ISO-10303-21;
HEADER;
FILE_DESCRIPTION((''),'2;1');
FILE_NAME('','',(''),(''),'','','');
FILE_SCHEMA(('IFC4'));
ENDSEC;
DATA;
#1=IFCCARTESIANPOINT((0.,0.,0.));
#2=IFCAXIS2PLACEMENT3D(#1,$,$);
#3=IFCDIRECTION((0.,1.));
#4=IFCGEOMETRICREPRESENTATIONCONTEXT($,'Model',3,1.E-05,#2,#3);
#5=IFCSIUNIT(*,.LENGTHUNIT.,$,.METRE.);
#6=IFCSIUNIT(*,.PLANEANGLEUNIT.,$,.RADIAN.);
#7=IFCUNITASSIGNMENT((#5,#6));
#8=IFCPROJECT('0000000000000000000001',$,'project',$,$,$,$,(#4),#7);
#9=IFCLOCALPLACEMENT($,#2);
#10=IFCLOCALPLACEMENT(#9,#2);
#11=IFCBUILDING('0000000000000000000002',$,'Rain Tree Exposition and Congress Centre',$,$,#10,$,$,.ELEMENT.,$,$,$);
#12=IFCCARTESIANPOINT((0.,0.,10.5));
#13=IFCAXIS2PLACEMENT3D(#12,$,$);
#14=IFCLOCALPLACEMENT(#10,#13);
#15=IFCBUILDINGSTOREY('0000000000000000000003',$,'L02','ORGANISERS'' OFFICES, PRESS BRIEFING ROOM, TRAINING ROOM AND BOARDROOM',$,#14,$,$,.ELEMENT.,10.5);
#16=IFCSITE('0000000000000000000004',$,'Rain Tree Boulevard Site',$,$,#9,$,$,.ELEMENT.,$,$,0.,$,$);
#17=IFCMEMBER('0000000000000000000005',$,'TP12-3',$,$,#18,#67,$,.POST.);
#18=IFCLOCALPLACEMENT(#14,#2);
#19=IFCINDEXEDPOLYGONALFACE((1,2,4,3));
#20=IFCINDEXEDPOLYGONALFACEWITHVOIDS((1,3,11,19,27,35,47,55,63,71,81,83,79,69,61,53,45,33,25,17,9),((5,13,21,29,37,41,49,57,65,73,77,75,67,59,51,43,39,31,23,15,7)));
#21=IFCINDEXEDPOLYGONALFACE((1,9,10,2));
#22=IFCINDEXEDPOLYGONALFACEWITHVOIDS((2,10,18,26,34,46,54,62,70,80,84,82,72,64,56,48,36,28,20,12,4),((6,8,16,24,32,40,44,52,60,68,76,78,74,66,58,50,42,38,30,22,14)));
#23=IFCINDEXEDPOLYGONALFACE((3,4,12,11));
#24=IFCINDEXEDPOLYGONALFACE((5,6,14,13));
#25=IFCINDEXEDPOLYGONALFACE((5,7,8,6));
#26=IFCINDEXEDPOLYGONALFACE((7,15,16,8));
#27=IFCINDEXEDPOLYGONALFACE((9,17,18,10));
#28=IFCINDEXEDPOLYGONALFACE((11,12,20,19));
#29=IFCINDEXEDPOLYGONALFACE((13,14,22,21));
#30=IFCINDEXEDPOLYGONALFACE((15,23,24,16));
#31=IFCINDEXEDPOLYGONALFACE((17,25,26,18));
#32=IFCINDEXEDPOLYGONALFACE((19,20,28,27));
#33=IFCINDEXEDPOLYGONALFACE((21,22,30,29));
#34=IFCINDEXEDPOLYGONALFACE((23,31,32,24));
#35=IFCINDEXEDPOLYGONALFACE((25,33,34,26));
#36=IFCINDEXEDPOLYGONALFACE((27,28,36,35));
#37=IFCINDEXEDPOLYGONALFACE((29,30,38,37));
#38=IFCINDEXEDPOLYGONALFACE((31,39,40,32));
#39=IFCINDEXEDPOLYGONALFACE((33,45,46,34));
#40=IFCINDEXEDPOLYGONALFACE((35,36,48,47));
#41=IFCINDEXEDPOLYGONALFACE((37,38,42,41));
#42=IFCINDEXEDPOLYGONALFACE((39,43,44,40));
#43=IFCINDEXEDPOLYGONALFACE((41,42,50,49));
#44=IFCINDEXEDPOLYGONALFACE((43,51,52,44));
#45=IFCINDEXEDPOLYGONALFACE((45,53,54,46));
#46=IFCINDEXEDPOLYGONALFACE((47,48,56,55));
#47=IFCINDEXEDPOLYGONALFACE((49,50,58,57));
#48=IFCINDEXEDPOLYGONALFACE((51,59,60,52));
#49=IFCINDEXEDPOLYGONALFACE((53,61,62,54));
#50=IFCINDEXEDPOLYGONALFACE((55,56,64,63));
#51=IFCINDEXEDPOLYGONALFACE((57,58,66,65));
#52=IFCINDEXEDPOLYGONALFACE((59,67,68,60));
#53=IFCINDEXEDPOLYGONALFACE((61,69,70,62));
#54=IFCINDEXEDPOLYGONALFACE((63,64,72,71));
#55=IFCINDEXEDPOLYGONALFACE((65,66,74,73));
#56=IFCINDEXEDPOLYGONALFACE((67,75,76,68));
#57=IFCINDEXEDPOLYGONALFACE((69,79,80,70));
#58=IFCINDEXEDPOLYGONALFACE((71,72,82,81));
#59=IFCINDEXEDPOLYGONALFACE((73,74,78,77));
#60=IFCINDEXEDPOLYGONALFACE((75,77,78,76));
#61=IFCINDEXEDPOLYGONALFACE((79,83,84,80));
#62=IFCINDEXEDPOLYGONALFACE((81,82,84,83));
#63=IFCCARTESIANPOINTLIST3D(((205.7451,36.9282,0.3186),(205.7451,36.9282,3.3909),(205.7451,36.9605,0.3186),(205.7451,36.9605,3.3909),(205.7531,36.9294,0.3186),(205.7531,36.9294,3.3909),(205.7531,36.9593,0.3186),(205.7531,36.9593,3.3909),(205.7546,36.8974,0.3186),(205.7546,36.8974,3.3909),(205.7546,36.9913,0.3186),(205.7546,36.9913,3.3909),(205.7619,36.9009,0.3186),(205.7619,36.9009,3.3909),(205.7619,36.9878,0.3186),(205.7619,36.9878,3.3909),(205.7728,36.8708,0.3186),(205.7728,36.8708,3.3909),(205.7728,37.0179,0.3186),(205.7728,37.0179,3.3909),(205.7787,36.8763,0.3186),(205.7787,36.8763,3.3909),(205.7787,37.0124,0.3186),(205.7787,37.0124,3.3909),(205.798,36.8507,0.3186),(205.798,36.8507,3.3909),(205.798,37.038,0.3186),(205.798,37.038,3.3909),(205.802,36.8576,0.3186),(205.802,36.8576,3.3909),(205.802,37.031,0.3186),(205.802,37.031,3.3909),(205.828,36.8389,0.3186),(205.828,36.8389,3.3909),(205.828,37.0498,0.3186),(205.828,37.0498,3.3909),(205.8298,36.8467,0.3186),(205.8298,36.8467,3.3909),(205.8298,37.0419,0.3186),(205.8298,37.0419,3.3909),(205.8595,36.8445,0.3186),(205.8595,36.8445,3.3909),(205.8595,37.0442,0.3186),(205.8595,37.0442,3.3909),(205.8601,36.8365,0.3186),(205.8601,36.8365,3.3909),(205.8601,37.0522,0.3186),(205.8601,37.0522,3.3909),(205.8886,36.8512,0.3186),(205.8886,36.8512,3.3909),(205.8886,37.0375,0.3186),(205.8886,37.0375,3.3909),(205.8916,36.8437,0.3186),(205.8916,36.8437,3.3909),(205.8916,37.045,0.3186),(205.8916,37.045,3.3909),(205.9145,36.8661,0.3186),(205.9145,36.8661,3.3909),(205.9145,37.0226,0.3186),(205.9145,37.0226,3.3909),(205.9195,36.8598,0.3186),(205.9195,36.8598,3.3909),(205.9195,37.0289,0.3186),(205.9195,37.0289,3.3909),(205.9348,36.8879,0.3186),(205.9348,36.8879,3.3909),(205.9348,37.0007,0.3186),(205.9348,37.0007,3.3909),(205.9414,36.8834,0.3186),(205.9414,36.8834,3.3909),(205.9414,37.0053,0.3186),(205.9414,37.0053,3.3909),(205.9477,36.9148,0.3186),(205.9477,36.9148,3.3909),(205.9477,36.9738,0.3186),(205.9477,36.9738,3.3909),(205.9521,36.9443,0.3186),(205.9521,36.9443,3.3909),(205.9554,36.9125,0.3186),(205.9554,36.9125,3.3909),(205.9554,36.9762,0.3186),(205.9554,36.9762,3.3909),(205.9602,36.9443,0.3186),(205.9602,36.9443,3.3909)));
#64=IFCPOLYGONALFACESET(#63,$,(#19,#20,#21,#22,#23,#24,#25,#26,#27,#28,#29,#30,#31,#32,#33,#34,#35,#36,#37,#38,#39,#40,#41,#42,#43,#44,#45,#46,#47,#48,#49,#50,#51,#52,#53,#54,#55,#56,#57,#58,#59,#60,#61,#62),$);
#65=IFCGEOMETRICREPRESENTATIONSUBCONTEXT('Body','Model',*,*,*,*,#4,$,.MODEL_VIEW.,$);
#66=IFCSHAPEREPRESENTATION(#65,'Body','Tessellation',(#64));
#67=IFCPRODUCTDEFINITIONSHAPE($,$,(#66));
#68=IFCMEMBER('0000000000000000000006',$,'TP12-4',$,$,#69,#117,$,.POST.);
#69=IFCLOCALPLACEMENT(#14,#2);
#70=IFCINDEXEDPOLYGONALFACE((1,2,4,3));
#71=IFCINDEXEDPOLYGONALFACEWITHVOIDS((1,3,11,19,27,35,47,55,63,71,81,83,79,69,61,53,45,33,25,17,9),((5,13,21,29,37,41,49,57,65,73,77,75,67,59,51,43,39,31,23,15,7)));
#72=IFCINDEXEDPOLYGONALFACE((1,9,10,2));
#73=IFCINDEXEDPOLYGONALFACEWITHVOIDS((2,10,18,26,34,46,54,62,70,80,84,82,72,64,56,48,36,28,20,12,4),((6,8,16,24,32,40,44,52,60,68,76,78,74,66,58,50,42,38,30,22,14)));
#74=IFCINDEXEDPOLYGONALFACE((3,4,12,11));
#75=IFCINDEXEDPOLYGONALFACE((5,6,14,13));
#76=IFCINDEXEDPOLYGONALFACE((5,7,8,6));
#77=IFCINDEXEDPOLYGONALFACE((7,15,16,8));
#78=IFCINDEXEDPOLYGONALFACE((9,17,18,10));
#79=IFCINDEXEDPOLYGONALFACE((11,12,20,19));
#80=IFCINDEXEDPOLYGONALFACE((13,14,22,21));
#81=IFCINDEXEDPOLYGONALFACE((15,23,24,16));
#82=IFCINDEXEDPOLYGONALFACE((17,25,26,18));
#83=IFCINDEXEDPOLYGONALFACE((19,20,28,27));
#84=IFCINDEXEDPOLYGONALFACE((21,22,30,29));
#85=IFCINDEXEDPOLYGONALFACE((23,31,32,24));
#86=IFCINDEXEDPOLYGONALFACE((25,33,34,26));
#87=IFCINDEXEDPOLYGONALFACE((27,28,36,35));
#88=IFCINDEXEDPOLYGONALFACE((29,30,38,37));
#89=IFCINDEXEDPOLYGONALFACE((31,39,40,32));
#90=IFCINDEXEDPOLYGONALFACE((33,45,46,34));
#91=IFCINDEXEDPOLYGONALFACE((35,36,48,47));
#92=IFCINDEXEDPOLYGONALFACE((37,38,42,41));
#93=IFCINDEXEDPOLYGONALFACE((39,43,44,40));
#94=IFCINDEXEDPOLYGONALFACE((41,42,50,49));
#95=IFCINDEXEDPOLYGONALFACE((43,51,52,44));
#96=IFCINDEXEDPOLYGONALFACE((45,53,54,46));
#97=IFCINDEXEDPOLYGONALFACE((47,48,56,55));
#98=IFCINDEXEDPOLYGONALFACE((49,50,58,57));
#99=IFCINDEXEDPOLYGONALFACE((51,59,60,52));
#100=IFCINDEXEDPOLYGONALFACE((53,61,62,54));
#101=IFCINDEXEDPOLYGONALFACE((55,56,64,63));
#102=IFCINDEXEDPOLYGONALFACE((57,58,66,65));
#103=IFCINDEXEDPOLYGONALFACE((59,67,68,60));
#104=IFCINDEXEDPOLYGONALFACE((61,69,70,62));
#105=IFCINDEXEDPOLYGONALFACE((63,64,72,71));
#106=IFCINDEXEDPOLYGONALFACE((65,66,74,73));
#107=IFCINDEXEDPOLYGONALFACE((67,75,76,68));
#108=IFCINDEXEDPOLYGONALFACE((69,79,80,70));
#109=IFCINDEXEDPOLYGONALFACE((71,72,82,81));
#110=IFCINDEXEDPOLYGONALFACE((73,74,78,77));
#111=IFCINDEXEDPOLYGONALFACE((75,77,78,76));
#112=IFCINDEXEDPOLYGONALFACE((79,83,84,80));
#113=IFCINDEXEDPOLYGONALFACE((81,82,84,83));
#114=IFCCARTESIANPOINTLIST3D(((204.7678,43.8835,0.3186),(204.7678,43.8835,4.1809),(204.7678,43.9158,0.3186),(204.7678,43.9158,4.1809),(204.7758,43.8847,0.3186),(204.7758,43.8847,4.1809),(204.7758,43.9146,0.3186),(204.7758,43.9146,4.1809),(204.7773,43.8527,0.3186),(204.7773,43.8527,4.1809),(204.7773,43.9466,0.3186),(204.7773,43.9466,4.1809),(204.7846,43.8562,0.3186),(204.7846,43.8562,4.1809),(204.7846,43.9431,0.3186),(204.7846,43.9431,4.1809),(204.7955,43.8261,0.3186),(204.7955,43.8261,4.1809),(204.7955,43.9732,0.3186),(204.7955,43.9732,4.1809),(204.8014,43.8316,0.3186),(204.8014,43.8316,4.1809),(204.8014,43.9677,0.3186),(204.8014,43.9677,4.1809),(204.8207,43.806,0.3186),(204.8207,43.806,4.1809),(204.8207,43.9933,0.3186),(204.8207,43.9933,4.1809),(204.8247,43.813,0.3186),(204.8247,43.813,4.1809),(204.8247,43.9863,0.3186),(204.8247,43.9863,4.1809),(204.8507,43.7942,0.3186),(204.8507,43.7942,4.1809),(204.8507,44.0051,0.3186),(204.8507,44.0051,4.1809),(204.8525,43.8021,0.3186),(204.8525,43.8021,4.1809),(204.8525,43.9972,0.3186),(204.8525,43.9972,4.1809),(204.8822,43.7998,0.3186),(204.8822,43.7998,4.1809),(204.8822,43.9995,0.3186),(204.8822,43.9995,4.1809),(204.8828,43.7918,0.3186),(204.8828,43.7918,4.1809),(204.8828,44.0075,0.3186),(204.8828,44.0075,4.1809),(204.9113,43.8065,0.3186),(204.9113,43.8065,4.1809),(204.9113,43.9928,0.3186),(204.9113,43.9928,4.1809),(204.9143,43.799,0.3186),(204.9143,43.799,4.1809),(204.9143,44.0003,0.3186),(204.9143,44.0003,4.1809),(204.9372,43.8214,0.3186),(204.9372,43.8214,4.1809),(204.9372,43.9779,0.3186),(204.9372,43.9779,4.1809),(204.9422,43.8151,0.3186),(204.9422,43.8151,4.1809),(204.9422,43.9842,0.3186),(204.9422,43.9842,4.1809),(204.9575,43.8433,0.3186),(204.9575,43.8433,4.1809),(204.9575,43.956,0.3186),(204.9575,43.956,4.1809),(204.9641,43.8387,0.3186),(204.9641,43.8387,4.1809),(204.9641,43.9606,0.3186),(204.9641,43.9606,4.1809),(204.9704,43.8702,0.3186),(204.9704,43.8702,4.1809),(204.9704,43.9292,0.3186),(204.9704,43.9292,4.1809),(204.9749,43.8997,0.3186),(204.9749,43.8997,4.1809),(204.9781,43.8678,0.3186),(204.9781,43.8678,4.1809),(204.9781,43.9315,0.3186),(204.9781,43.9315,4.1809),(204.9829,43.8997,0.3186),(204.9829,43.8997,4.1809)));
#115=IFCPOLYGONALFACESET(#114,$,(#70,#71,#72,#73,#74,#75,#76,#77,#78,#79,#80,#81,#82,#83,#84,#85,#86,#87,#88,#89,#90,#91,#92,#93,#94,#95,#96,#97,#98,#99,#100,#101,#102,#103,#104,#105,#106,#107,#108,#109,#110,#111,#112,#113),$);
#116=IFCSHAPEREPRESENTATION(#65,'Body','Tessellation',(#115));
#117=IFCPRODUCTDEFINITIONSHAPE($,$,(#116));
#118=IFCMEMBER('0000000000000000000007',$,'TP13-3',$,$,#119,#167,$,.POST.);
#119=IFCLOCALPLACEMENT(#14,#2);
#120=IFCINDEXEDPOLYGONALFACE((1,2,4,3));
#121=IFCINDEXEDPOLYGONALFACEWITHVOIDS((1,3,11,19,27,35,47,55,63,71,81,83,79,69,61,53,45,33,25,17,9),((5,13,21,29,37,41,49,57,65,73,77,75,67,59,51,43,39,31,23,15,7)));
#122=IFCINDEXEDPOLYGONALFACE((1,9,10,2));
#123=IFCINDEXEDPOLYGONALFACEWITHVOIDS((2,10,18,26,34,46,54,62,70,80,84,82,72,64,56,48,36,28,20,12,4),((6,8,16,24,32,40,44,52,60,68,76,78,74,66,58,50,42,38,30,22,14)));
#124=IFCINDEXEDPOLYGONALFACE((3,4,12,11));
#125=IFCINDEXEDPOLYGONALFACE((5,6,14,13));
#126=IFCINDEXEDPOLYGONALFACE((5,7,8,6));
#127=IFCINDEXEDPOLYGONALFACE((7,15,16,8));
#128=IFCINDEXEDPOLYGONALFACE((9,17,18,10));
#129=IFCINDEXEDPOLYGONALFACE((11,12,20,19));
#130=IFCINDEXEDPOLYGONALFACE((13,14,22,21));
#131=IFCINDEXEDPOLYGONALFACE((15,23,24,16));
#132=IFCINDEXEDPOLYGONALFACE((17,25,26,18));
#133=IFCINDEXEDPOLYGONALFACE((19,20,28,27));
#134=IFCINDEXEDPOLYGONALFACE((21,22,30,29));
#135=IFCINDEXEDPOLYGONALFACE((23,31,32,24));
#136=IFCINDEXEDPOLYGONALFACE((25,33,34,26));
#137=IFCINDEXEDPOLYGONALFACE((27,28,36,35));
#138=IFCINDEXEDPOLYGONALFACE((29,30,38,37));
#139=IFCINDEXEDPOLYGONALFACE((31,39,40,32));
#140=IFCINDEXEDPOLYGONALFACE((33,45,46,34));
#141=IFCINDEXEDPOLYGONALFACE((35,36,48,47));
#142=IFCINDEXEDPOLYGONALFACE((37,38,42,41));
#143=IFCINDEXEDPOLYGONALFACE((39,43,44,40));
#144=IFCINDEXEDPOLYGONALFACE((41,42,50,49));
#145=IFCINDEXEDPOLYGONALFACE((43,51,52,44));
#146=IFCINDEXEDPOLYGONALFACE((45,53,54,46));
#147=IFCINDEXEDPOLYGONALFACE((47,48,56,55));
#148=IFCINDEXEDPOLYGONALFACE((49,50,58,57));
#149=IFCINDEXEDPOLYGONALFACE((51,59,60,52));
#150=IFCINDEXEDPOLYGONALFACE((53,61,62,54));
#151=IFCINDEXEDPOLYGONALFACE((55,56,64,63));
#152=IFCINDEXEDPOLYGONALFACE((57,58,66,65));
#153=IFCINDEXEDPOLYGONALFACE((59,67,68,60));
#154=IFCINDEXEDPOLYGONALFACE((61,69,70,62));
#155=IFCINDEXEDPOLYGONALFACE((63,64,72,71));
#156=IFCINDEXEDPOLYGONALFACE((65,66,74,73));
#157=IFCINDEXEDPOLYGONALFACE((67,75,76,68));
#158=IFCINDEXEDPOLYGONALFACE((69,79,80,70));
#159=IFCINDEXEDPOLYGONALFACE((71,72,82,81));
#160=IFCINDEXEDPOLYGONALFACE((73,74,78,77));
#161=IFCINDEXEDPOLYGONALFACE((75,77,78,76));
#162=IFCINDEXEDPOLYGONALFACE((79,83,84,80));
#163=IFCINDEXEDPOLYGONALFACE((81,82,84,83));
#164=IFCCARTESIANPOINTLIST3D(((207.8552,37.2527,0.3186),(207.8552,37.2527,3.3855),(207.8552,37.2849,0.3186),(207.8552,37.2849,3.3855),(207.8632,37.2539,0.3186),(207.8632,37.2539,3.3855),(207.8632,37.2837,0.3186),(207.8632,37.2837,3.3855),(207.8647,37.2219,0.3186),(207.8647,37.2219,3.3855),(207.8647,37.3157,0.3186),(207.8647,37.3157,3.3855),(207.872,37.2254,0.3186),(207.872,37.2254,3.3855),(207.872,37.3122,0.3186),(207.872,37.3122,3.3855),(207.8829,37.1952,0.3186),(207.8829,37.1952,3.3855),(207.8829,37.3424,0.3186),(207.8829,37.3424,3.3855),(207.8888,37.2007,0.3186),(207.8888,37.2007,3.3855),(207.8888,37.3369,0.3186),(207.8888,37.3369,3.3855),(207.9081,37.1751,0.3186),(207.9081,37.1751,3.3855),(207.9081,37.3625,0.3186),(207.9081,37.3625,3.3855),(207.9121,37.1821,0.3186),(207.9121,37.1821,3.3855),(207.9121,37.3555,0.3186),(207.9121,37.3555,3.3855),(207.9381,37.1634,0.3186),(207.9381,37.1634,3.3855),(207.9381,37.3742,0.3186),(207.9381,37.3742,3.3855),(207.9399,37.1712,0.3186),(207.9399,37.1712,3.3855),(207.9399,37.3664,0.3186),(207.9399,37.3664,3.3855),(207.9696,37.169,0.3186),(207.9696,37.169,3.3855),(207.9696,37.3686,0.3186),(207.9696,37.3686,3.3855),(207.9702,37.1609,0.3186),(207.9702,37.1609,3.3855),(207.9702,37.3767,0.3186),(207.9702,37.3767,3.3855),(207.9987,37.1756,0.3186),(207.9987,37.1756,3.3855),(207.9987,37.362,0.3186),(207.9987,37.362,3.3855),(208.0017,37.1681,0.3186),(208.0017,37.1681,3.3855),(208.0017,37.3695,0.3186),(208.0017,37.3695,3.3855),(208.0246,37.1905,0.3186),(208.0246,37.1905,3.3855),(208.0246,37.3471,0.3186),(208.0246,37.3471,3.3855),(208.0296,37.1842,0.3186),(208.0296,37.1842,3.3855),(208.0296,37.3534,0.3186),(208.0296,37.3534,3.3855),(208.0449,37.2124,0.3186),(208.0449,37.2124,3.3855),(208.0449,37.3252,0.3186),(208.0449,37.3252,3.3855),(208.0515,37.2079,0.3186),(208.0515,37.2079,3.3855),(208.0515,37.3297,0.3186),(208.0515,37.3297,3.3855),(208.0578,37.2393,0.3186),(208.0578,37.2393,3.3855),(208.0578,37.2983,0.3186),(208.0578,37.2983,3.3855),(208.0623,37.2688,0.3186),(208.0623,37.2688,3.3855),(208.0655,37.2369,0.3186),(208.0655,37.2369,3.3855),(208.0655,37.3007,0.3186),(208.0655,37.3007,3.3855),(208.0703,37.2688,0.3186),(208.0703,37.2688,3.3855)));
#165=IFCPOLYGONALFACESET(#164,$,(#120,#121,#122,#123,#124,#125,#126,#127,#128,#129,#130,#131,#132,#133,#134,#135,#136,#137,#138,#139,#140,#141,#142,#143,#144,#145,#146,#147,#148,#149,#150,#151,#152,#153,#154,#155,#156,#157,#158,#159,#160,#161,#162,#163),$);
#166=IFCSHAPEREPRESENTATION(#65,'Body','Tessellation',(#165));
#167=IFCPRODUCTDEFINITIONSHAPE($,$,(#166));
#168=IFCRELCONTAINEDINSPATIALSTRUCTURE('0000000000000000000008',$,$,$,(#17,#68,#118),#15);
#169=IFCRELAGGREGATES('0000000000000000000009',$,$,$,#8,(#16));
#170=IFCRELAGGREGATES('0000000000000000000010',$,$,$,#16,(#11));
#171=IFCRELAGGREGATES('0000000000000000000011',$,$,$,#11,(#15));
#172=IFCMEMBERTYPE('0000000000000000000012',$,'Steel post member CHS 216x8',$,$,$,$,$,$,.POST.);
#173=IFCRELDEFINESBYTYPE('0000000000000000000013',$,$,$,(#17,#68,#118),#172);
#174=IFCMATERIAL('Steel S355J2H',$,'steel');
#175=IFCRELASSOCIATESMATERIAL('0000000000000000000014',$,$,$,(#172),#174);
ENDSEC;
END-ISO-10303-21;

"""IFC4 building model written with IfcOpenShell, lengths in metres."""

from ifc_helpers import new_model, si_unit, direction, frame, origin, origin_2d, place, context, subcontext, project, spatial, hollow_circle, extrude, material, material_profile, profile_set, type_object, element, save


model = new_model("IFC4")

# Units and contexts
model_context = context("Model", 3, precision=1e-05, world=origin(), true_north=direction((0.0, 1.0)))
body_context = subcontext(model_context, "Body", "Model", "MODEL_VIEW")
ifc_project = project(units=[si_unit("LENGTHUNIT", "METRE"), si_unit("PLANEANGLEUNIT", "RADIAN")], contexts=[model_context])

# Site, building, storey
site_placement = place(None, origin())
site = spatial("IfcSite", under=ifc_project, at=site_placement, Name="Rain Tree Boulevard Site", CompositionType="ELEMENT", RefElevation=0.0)
building_placement = place(site_placement, origin())
building = spatial("IfcBuilding", under=site, at=building_placement, Name="Rain Tree Exposition and Congress Centre", CompositionType="ELEMENT")
storey_placement = place(building_placement, frame((0.0, 0.0, 10.5)))
storey = spatial("IfcBuildingStorey", under=building, at=storey_placement, Name="L02", Description="ORGANISERS' OFFICES, PRESS BRIEFING ROOM, TRAINING ROOM AND BOARDROOM", CompositionType="ELEMENT", Elevation=10.5)

# Members
ifc_material_1 = material(Name="Steel S355J2H", Category="steel")
ifc_material_profile_1 = material_profile(ifc_material_1, hollow_circle(Radius=0.1082, WallThickness=0.0081, at=origin_2d()), Name="CHS 216x8")
ifc_profile_set_1 = profile_set([ifc_material_profile_1], Name="Steel S355J2H")
member_type_1 = type_object("IfcMemberType", Name="Steel post member CHS 216x8", PredefinedType="POST", material=ifc_profile_set_1)
member_1_placement = place(storey_placement, frame((205.8521, 36.9443, 0.3186), z_axis=(0.0, 0.0, 1.0), x_axis=(1.0, 0.0, 0.0)))
element("IfcMember", 1, at=member_1_placement, inside=storey, type_object=member_type_1, Name="TP12-3", PredefinedType="POST", context=body_context, shape_type="SweptSolid", body=[
    extrude(hollow_circle(Radius=0.1082, WallThickness=0.0081, at=origin_2d()), origin(), (0.0, 0.0, 1.0), 3.0723),
])
member_2_placement = place(storey_placement, frame((204.8748, 43.8997, 0.3186), z_axis=(0.0, 0.0, 1.0), x_axis=(1.0, 0.0, 0.0)))
element("IfcMember", 2, at=member_2_placement, inside=storey, type_object=member_type_1, Name="TP12-4", PredefinedType="POST", context=body_context, shape_type="SweptSolid", body=[
    extrude(hollow_circle(Radius=0.1082, WallThickness=0.0081, at=origin_2d()), origin(), (0.0, 0.0, 1.0), 3.8623),
])
member_3_placement = place(storey_placement, frame((207.9622, 37.2688, 0.3186), z_axis=(0.0, 0.0, 1.0), x_axis=(1.0, 0.0, 0.0)))
element("IfcMember", 3, at=member_3_placement, inside=storey, type_object=member_type_1, Name="TP13-3", PredefinedType="POST", context=body_context, shape_type="SweptSolid", body=[
    extrude(hollow_circle(Radius=0.1082, WallThickness=0.0081, at=origin_2d()), origin(), (0.0, 0.0, 1.0), 3.0669),
])

save(model, "model.ifc")
